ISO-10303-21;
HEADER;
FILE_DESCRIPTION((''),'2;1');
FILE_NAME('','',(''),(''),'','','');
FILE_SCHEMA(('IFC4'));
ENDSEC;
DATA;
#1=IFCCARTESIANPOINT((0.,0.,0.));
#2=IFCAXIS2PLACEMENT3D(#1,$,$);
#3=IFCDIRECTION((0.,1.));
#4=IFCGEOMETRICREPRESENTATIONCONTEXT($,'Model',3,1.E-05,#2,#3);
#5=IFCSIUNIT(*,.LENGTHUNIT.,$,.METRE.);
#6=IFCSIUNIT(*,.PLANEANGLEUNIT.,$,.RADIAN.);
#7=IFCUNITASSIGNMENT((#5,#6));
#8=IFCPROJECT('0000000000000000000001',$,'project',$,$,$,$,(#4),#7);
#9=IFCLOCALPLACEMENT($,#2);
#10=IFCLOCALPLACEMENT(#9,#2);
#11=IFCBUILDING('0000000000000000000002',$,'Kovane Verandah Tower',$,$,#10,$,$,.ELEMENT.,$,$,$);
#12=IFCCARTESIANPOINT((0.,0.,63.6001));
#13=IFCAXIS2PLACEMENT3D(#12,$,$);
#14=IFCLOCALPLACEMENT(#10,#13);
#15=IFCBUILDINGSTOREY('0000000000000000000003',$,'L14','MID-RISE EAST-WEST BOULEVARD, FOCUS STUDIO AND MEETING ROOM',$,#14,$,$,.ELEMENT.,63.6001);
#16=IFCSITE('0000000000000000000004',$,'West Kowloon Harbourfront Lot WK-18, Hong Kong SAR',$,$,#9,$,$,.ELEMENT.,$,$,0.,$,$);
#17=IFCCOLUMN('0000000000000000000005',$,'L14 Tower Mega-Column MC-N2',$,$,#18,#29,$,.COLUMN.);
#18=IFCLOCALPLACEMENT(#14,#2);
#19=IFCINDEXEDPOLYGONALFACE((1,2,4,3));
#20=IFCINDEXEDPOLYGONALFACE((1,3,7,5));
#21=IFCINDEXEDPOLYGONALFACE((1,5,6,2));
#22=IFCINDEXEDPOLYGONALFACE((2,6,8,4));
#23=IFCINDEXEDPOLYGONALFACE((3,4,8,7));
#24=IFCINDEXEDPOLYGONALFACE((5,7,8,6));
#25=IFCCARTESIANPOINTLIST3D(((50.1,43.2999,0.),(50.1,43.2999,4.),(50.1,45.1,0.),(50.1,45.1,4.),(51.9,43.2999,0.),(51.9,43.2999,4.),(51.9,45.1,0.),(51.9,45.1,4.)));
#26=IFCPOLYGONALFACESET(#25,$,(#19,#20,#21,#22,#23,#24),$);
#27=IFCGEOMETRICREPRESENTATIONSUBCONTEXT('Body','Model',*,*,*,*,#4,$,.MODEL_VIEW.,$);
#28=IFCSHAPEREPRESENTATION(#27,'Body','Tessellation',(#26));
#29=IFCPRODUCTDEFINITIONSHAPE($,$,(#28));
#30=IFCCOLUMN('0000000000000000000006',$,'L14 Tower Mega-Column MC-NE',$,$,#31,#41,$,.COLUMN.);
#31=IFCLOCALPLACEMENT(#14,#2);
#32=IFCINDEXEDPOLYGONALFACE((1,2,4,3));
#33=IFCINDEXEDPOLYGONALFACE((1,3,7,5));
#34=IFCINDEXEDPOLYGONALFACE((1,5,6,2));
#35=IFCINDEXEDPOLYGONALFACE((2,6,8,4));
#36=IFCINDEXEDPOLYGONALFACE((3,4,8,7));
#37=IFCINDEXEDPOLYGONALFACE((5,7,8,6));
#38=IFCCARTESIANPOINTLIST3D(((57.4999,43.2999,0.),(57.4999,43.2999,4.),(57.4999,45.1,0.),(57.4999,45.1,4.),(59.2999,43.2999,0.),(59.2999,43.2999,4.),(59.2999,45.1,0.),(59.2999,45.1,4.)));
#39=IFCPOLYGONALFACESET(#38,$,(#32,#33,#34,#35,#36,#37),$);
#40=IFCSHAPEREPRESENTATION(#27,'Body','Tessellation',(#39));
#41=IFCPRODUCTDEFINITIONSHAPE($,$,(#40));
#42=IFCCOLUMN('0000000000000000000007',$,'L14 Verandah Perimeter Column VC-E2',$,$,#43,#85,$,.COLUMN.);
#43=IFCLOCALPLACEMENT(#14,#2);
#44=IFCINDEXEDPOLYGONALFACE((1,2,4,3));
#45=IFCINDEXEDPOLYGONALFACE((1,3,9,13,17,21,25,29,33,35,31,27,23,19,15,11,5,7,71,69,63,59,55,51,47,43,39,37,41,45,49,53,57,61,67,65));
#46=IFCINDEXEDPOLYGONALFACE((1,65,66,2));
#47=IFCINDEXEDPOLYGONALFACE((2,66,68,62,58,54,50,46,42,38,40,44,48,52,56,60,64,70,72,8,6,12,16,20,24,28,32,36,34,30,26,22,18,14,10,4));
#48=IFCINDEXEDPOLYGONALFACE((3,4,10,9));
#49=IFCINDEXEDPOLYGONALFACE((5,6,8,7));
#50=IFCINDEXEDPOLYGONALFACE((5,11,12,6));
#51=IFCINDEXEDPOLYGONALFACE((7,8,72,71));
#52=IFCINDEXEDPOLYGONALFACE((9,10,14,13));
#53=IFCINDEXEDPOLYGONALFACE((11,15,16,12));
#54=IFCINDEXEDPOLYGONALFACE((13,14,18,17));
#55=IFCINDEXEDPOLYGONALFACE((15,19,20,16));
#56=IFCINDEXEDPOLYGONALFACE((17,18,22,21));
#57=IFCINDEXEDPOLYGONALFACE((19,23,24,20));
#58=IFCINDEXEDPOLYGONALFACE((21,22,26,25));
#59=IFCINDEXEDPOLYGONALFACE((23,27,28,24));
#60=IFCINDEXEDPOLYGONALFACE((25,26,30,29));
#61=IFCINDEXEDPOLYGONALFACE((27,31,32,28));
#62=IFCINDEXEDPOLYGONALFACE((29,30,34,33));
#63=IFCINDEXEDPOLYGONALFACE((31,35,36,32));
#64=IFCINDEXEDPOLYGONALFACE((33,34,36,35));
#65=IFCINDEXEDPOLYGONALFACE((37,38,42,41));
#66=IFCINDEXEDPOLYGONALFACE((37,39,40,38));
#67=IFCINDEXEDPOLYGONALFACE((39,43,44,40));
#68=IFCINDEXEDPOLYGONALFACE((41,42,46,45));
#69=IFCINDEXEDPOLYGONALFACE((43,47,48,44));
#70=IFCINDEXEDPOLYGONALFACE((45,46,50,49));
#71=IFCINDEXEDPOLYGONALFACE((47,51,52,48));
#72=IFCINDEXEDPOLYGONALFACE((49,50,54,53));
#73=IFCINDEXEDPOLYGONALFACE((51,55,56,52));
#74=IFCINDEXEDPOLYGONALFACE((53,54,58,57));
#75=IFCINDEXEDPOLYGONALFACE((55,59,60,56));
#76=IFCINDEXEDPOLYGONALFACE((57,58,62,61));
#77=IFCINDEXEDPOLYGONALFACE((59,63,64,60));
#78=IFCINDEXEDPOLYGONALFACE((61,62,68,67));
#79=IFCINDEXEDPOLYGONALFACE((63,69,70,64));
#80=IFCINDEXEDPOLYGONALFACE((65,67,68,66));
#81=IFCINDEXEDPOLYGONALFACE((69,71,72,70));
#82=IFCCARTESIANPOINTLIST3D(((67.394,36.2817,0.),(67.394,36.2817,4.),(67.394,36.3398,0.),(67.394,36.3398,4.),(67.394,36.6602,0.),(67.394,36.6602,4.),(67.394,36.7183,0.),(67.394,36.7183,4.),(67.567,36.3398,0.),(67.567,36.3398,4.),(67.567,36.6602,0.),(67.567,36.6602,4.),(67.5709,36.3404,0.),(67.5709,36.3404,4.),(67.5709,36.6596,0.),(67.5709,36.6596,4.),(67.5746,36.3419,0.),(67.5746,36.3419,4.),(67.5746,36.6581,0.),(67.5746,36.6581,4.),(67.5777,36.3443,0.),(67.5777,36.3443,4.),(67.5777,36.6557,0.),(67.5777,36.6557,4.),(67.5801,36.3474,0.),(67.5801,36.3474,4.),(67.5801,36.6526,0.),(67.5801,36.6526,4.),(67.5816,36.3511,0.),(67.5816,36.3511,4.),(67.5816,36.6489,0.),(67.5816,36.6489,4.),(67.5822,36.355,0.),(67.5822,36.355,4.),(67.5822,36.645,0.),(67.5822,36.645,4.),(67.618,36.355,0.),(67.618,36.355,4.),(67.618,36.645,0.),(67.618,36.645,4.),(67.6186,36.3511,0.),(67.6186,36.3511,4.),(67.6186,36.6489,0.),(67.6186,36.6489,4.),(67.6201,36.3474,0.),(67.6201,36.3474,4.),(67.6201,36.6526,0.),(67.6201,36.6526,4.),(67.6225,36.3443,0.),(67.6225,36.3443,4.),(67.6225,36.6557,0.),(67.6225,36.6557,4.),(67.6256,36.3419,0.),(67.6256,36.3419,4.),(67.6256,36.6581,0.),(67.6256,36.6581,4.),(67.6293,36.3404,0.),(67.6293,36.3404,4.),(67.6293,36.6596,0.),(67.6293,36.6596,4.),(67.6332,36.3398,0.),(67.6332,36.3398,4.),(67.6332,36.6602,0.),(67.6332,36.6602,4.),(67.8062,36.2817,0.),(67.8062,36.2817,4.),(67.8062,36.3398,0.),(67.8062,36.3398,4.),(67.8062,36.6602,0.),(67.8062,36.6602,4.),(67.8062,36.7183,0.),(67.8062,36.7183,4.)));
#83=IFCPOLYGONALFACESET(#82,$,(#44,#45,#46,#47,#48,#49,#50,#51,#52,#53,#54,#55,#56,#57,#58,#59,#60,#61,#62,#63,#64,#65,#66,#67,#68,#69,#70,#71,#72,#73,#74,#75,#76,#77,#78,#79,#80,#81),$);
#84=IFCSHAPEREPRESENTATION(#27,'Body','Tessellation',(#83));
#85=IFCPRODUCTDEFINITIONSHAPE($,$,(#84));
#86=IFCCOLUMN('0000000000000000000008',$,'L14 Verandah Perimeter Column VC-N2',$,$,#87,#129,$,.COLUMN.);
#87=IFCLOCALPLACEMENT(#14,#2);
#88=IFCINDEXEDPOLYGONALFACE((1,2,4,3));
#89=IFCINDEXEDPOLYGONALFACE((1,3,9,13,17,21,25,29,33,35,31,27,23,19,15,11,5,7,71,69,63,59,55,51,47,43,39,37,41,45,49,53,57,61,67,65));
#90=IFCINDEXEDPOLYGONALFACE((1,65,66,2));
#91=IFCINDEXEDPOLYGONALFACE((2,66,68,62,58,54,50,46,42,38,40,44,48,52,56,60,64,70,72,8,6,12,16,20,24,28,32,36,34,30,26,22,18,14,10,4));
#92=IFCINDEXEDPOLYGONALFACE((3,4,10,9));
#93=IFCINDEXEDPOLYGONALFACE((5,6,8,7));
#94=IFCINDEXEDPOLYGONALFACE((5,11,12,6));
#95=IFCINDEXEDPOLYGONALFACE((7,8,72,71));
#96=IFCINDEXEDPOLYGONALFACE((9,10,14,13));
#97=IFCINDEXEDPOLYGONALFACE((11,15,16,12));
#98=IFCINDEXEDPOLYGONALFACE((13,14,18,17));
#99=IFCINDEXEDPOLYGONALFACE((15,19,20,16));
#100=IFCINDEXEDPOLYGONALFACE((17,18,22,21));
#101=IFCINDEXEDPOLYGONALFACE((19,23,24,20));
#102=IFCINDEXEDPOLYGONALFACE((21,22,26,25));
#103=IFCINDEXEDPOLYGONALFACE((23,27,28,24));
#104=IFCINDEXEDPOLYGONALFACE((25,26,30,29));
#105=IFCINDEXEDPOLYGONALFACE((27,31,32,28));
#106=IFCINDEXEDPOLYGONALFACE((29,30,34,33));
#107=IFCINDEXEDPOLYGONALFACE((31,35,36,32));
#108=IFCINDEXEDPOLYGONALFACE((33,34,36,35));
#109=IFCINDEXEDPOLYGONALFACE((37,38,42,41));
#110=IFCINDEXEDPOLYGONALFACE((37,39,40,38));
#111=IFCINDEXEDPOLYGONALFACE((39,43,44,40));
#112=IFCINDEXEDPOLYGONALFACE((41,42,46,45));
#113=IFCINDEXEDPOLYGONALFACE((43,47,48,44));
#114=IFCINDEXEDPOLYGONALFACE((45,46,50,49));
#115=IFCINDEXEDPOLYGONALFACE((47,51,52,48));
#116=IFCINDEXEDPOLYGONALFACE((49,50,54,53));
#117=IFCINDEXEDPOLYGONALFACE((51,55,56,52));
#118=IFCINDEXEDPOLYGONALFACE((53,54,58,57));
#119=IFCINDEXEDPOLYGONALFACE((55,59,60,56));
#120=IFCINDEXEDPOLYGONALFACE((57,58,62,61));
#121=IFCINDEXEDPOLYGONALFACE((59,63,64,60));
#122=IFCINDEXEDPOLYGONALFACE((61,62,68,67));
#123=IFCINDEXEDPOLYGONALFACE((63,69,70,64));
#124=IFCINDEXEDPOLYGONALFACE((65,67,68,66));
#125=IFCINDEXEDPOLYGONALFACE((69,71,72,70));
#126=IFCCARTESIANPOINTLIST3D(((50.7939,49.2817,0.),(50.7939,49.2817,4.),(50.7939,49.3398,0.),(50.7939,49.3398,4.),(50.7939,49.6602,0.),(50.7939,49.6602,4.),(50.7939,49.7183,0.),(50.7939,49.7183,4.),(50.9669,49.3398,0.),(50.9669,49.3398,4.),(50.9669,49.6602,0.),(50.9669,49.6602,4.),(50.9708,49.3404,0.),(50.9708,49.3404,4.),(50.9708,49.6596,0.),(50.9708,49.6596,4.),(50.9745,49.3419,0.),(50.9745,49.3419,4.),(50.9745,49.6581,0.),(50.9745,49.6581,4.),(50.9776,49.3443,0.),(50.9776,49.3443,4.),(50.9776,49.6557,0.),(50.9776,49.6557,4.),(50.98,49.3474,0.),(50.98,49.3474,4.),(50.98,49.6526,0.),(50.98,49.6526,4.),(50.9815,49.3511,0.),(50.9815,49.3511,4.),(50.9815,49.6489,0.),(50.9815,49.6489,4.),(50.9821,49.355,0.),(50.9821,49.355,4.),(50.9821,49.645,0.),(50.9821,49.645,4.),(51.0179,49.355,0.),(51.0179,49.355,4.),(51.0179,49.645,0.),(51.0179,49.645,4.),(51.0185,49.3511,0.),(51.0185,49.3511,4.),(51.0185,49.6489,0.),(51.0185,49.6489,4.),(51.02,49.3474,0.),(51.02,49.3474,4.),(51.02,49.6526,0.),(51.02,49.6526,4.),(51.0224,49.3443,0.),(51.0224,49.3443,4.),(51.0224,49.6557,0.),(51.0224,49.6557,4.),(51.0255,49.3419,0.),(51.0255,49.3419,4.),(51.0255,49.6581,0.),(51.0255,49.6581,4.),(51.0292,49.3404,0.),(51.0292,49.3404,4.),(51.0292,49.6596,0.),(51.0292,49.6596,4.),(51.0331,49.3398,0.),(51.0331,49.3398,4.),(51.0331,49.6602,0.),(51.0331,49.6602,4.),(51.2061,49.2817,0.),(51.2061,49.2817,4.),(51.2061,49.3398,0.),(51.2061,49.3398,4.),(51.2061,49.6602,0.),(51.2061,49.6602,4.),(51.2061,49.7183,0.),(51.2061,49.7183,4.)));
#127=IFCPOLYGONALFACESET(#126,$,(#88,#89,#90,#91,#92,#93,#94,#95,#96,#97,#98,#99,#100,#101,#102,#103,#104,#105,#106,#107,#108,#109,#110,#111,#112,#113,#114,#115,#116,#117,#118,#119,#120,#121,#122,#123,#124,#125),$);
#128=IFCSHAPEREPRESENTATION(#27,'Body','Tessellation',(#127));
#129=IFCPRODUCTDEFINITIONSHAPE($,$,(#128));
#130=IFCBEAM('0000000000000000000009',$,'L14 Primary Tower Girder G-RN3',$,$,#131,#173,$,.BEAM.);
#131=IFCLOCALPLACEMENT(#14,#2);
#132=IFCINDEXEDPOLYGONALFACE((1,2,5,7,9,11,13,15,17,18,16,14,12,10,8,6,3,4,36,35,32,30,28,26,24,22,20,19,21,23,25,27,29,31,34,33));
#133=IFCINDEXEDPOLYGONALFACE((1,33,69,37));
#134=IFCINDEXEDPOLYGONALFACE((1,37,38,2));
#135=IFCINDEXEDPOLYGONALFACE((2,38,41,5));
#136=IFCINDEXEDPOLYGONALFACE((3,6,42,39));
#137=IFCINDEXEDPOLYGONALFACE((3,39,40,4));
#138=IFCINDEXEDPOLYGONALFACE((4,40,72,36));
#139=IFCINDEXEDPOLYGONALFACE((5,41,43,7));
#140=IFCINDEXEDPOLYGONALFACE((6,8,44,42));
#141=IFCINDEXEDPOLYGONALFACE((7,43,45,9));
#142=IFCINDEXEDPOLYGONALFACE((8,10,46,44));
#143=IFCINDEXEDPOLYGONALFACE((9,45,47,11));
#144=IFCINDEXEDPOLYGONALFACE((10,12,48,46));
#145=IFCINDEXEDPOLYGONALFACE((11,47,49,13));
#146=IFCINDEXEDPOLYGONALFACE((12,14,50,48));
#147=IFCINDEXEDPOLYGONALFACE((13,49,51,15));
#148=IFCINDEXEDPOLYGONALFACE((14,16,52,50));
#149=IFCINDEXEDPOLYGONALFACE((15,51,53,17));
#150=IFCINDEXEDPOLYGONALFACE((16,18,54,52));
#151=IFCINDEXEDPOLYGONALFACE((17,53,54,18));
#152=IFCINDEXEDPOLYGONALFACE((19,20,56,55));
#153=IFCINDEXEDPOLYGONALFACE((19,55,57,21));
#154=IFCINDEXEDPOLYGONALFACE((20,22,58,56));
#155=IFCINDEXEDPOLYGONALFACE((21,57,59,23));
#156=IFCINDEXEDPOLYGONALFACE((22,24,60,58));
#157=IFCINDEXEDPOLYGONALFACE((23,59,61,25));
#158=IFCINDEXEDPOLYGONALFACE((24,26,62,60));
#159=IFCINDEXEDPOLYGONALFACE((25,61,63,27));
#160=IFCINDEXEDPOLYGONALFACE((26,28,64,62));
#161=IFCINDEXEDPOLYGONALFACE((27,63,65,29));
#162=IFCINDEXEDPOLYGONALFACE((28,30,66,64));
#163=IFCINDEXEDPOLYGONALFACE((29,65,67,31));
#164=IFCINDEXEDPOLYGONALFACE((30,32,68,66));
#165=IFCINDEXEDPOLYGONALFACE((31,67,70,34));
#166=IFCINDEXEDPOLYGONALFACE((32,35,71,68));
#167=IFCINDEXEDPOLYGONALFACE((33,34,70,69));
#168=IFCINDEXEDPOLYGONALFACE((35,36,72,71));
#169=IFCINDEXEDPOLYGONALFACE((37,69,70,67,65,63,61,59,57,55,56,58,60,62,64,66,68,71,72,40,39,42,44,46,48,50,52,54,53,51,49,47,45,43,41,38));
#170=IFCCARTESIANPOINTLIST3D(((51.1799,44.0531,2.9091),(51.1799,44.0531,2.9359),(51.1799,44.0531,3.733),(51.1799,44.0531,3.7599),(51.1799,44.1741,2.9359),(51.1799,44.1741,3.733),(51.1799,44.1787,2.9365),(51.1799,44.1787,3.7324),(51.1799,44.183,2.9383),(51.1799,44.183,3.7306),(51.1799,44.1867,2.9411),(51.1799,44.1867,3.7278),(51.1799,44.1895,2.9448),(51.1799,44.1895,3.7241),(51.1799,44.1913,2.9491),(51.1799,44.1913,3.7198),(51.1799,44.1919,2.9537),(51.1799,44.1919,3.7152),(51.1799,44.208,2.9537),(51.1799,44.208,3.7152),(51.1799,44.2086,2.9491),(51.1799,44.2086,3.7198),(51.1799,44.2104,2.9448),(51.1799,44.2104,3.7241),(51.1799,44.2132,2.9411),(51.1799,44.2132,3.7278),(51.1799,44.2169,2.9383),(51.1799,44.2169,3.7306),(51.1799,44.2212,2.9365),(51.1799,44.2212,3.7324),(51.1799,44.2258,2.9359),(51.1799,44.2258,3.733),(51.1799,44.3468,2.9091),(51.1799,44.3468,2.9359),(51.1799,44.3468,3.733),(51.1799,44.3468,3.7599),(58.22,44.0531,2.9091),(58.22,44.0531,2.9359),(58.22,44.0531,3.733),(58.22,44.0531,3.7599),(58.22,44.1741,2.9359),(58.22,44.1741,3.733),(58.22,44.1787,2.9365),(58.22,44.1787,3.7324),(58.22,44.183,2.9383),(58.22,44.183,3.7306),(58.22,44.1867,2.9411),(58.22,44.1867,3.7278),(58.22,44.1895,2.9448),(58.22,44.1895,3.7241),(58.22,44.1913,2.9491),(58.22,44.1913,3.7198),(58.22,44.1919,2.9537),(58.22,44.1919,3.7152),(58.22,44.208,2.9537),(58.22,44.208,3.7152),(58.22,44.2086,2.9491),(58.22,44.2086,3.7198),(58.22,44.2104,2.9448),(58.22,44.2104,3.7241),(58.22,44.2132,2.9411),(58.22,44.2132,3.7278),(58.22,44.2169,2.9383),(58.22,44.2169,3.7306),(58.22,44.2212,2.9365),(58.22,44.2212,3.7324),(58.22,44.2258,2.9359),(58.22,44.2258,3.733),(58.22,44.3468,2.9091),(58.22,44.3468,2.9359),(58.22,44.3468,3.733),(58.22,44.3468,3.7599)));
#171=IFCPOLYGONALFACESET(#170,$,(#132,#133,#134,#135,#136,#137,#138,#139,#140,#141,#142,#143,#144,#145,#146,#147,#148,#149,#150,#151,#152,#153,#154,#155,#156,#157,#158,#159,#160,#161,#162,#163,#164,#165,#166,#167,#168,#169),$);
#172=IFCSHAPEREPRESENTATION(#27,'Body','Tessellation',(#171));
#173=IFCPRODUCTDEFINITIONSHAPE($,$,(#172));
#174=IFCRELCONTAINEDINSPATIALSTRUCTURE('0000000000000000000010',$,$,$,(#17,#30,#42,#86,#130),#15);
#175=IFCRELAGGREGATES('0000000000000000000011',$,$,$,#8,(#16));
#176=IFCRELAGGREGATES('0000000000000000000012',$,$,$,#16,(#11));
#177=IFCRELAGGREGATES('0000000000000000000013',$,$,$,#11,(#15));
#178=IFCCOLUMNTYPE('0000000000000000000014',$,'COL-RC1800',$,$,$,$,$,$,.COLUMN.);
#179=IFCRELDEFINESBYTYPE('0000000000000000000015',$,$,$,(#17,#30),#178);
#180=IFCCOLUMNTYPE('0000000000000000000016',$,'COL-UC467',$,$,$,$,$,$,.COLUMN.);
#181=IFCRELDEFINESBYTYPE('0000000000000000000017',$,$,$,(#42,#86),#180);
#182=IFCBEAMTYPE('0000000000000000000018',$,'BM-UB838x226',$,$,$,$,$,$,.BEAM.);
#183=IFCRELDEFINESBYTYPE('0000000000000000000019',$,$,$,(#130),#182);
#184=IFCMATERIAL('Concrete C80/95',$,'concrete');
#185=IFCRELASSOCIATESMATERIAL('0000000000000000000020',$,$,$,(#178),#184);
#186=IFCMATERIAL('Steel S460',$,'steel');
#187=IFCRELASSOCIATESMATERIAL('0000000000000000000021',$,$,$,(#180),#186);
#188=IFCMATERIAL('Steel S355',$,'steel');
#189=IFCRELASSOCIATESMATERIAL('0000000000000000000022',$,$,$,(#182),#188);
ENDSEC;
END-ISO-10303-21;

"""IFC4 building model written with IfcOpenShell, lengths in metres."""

from ifc_helpers import new_model, si_unit, direction, frame, origin, origin_2d, place, context, subcontext, project, spatial, rectangle, i_section, extrude, material, material_profile, profile_set, type_object, element, save


model = new_model("IFC4")

# Units and contexts
model_context = context("Model", 3, precision=1e-05, world=origin(), true_north=direction((0.0, 1.0)))
body_context = subcontext(model_context, "Body", "Model", "MODEL_VIEW")
ifc_project = project(units=[si_unit("LENGTHUNIT", "METRE"), si_unit("PLANEANGLEUNIT", "RADIAN")], contexts=[model_context])

# Site, building, storey
site_placement = place(None, origin())
site = spatial("IfcSite", under=ifc_project, at=site_placement, Name="West Kowloon Harbourfront Lot WK-18, Hong Kong SAR", CompositionType="ELEMENT", RefElevation=0.0)
building_placement = place(site_placement, origin())
building = spatial("IfcBuilding", under=site, at=building_placement, Name="Kovane Verandah Tower", CompositionType="ELEMENT")
storey_placement = place(building_placement, frame((0.0, 0.0, 63.6001)))
storey = spatial("IfcBuildingStorey", under=building, at=storey_placement, Name="L14", Description="MID-RISE EAST-WEST BOULEVARD, FOCUS STUDIO AND MEETING ROOM", CompositionType="ELEMENT", Elevation=63.6001)

# Columns
ifc_material_1 = material(Name="Concrete C80/95", Category="concrete")
ifc_material_profile_1 = material_profile(ifc_material_1, rectangle(XDim=1.8, YDim=1.8, at=origin_2d()), Name="RC1800x1800")
ifc_profile_set_1 = profile_set([ifc_material_profile_1], Name="Concrete C80/95")
column_type_1 = type_object("IfcColumnType", Name="COL-RC1800", PredefinedType="COLUMN", material=ifc_profile_set_1)
for number, where, z_axis, x_axis, name in (
    (1, (51.0, 44.2, 0.0), (0.0, 0.0, 1.0), (1.0, 0.0, 0.0), "L14 Tower Mega-Column MC-N2"),
    (2, (58.3999, 44.2, 0.0), (0.0, 0.0, 1.0), (1.0, 0.0, 0.0), "L14 Tower Mega-Column MC-NE"),
):
    element("IfcColumn", number, at=place(storey_placement, frame(where, z_axis=z_axis, x_axis=x_axis)), inside=storey, type_object=column_type_1, Name=name, PredefinedType="COLUMN", context=body_context, shape_type="SweptSolid", body=[
        extrude(rectangle(XDim=1.8, YDim=1.8, at=origin_2d()), origin(), (0.0, 0.0, 1.0), 4.0),
    ])
ifc_material_2 = material(Name="Steel S460", Category="steel")
ifc_material_profile_2 = material_profile(ifc_material_2, i_section(OverallWidth=0.4121, OverallDepth=0.4365, WebThickness=0.0359, FlangeThickness=0.0581, FilletRadius=0.0151, at=origin_2d()), Name="UC356x406x467")
ifc_profile_set_2 = profile_set([ifc_material_profile_2], Name="Steel S460")
column_type_2 = type_object("IfcColumnType", Name="COL-UC467", PredefinedType="COLUMN", material=ifc_profile_set_2)
for number, where, z_axis, x_axis, name in (
    (3, (67.6001, 36.5, 0.0), (0.0, 0.0, 1.0), (1.0, 0.0, 0.0), "L14 Verandah Perimeter Column VC-E2"),
    (4, (51.0, 49.5, 0.0), (0.0, 0.0, 1.0), (1.0, 0.0, 0.0), "L14 Verandah Perimeter Column VC-N2"),
):
    element("IfcColumn", number, at=place(storey_placement, frame(where, z_axis=z_axis, x_axis=x_axis)), inside=storey, type_object=column_type_2, Name=name, PredefinedType="COLUMN", context=body_context, shape_type="SweptSolid", body=[
        extrude(i_section(OverallWidth=0.4121, OverallDepth=0.4365, WebThickness=0.0359, FlangeThickness=0.0581, FilletRadius=0.0151, at=origin_2d()), origin(), (0.0, 0.0, 1.0), 4.0),
    ])

# Beam
ifc_material_3 = material(Name="Steel S355", Category="steel")
ifc_material_profile_3 = material_profile(ifc_material_3, i_section(OverallWidth=0.2937, OverallDepth=0.8508, WebThickness=0.0161, FlangeThickness=0.0269, FilletRadius=0.0178, at=origin_2d()), Name="UB838x292x226")
ifc_profile_set_3 = profile_set([ifc_material_profile_3], Name="Steel S355")
beam_type_1 = type_object("IfcBeamType", Name="BM-UB838x226", PredefinedType="BEAM", material=ifc_profile_set_3)
beam_1_placement = place(storey_placement, frame((51.1799, 44.2, 3.3345), z_axis=(1.0, 0.0, 0.0), x_axis=(0.0, 1.0, 0.0)))
element("IfcBeam", 5, at=beam_1_placement, inside=storey, type_object=beam_type_1, Name="L14 Primary Tower Girder G-RN3", PredefinedType="BEAM", context=body_context, shape_type="SweptSolid", body=[
    extrude(i_section(OverallWidth=0.2937, OverallDepth=0.8508, WebThickness=0.0161, FlangeThickness=0.0269, FilletRadius=0.0178, at=origin_2d()), origin(), (0.0, 0.0, 1.0), 7.04),
])

save(model, "model.ifc")
